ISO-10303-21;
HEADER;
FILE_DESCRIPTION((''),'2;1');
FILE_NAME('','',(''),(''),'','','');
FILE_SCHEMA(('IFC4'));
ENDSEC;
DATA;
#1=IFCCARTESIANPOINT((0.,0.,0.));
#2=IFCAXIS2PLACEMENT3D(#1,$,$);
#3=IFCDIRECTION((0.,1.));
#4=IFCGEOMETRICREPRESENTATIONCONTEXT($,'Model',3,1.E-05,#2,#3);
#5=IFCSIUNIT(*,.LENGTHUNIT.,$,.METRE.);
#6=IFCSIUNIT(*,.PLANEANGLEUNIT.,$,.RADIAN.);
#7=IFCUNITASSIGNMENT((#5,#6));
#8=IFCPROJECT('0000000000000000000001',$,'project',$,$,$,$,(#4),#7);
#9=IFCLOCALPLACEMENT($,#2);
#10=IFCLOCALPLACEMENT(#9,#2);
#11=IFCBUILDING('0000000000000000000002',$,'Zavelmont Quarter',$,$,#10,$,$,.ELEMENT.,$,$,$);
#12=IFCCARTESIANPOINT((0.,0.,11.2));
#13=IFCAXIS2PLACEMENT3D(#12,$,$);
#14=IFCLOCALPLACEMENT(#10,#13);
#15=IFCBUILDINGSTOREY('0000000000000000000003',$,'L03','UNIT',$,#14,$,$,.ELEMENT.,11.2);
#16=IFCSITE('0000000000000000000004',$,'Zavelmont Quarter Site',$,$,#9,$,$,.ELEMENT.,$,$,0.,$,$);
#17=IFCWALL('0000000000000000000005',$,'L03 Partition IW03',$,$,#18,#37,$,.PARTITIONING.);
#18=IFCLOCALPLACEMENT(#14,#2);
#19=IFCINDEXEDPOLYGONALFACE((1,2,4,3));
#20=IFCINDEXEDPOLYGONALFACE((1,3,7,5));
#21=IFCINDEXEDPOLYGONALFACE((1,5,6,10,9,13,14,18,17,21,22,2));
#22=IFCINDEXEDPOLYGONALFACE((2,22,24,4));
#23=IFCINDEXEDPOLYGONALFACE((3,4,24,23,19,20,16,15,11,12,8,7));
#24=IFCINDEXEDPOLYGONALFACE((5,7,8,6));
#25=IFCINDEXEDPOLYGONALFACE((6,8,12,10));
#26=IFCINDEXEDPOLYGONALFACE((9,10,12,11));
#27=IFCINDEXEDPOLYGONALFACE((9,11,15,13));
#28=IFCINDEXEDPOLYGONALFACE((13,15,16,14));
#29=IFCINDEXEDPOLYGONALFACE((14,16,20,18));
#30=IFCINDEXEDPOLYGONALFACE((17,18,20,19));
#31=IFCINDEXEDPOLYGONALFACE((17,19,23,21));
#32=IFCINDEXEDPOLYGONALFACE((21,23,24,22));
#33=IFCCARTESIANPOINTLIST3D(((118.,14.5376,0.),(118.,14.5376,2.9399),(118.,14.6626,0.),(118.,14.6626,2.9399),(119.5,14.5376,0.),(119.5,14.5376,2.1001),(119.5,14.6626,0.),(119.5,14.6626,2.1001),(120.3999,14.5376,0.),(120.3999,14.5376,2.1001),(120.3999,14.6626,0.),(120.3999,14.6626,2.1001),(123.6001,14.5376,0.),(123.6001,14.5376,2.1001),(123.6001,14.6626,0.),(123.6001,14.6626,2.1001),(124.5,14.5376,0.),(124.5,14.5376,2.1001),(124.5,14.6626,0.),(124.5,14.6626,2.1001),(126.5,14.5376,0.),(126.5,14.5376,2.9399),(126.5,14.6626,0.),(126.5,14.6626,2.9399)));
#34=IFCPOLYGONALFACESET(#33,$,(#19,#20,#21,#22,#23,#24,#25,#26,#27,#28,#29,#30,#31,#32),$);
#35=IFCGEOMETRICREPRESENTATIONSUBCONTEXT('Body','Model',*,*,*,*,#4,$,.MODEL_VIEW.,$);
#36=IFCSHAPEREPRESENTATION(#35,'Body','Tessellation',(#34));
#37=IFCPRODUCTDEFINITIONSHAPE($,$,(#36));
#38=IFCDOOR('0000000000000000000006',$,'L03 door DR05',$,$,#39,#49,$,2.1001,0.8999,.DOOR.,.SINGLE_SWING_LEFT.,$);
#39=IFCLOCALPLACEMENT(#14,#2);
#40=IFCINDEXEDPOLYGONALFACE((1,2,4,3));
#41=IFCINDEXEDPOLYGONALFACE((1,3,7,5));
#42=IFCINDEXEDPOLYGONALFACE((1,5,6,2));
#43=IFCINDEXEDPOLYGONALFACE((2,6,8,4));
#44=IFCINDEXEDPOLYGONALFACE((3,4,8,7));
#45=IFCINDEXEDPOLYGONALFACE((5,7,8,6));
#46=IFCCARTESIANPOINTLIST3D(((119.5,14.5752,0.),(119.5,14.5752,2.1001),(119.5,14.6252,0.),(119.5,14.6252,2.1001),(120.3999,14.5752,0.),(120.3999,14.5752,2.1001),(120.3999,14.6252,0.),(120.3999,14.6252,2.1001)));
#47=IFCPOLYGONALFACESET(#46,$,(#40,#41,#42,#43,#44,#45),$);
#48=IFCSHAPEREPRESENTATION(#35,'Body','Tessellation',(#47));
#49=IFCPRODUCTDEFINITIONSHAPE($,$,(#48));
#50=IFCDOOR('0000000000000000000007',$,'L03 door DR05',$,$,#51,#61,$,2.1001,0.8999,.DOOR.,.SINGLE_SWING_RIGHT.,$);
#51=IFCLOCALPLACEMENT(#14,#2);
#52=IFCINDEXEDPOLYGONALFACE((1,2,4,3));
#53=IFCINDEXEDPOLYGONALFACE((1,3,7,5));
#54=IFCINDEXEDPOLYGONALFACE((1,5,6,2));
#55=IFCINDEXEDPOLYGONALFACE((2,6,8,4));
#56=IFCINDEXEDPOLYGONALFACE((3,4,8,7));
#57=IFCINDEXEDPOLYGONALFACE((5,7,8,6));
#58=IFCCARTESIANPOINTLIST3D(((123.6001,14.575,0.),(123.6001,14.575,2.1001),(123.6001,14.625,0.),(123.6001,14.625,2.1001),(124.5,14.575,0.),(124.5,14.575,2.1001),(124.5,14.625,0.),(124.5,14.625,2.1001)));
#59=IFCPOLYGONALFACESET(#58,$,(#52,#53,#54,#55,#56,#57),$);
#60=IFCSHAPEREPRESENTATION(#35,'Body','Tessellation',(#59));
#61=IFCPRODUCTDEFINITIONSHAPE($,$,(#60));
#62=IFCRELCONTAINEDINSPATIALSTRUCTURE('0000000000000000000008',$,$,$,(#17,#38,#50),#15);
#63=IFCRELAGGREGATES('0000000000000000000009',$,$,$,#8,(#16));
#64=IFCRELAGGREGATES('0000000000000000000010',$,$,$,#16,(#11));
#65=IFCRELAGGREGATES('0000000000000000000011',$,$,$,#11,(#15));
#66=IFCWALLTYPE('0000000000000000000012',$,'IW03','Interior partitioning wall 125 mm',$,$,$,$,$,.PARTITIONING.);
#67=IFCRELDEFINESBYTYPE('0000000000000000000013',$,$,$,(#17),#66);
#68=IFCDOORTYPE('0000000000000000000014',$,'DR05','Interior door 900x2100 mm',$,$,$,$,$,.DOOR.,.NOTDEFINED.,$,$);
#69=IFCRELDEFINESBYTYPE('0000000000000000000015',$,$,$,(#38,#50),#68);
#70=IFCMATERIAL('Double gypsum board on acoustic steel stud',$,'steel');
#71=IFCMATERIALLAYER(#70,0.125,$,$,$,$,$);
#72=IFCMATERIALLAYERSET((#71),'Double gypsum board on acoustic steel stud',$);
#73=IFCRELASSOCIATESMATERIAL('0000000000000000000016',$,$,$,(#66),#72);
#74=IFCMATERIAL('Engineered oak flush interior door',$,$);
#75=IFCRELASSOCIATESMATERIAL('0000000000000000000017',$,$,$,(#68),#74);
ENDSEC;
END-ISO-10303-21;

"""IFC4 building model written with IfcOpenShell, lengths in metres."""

from ifc_helpers import new_model, si_unit, direction, frame, frame_2d, origin, origin_with_axes, place, context, subcontext, project, spatial, rectangle, extrude, material, layer, layer_set, type_object, element, fill, save


model = new_model("IFC4")

# Units and contexts
model_context = context("Model", 3, precision=1e-05, world=origin(), true_north=direction((0.0, 1.0)))
body_context = subcontext(model_context, "Body", "Model", "MODEL_VIEW")
ifc_project = project(units=[si_unit("LENGTHUNIT", "METRE"), si_unit("PLANEANGLEUNIT", "RADIAN")], contexts=[model_context])

# Site, building, storey
site_placement = place(None, origin())
site = spatial("IfcSite", under=ifc_project, at=site_placement, Name="Zavelmont Quarter Site", CompositionType="ELEMENT", RefElevation=0.0)
building_placement = place(site_placement, origin())
building = spatial("IfcBuilding", under=site, at=building_placement, Name="Zavelmont Quarter", CompositionType="ELEMENT")
storey_placement = place(building_placement, frame((0.0, 0.0, 11.2)))
storey = spatial("IfcBuildingStorey", under=building, at=storey_placement, Name="L03", Description="UNIT", CompositionType="ELEMENT", Elevation=11.2)

# Shared definitions
ifc_material_1 = material(Name="Double gypsum board on acoustic steel stud", Category="steel")
ifc_layer_1 = layer(ifc_material_1, 0.125)
ifc_layer_set_1 = layer_set([ifc_layer_1], Name="Double gypsum board on acoustic steel stud")
wall_type_1 = type_object("IfcWallType", Name="IW03", Description="Interior partitioning wall 125 mm", PredefinedType="PARTITIONING", material=ifc_layer_set_1)

# Wall, openings, doors
wall_1_placement = place(storey_placement, frame((118.0, 14.6001, 0.0), z_axis=(0.0, 0.0, 1.0), x_axis=(1.0, 0.0, 0.0)))
wall_1 = element("IfcWall", 1, at=wall_1_placement, inside=storey, type_object=wall_type_1, Name="L03 Partition IW03", PredefinedType="PARTITIONING", context=body_context, shape_type="SweptSolid", body=[
    extrude(rectangle(XDim=8.5, YDim=0.125, at=frame_2d((4.25, 0.0))), origin(), (0.0, 0.0, 1.0), 2.9399),
])
opening_1_placement = place(wall_1_placement, frame((1.5, 0.0, 0.0)))
opening_1 = element("IfcOpeningElement", 2, at=opening_1_placement, cuts=wall_1, PredefinedType="OPENING", context=body_context, shape_type="SweptSolid", body=[
    extrude(rectangle(XDim=0.8999, YDim=2.1001, at=frame_2d((0.45, 1.05))), frame((0.0, 0.0745, 0.0), z_axis=(0.0, -1.0, 0.0), x_axis=(1.0, 0.0, 0.0)), (0.0, 0.0, 1.0), 0.1489),
])
opening_2_placement = place(wall_1_placement, frame((5.6001, 0.0, 0.0)))
opening_2 = element("IfcOpeningElement", 3, at=opening_2_placement, cuts=wall_1, PredefinedType="OPENING", context=body_context, shape_type="SweptSolid", body=[
    extrude(rectangle(XDim=0.8999, YDim=2.1001, at=frame_2d((0.45, 1.05))), frame((0.0, 0.0745, 0.0), z_axis=(0.0, -1.0, 0.0), x_axis=(1.0, 0.0, 0.0)), (0.0, 0.0, 1.0), 0.1489),
])
ifc_material_2 = material(Name="Engineered oak flush interior door")
door_type_1 = type_object("IfcDoorType", Name="DR05", Description="Interior door 900x2100 mm", OperationType="NOTDEFINED", PredefinedType="DOOR", material=ifc_material_2)
door_1_placement = place(opening_1_placement, frame((0.8999, 0.0, 0.0), z_axis=(0.0, 0.0, 1.0), x_axis=(-1.0, 0.0, 0.0)))
door_1 = element("IfcDoor", 4, at=door_1_placement, inside=storey, type_object=door_type_1, Name="L03 door DR05", OperationType="SINGLE_SWING_LEFT", OverallHeight=2.1001, OverallWidth=0.8999, PredefinedType="DOOR", context=body_context, shape_type="SweptSolid", body=[
    extrude(rectangle(XDim=0.8999, YDim=2.1001, at=frame_2d((0.45, 1.05))), frame((0.0, 0.0249, 0.0), z_axis=(0.0, -1.0, 0.0), x_axis=(1.0, 0.0, 0.0)), (0.0, 0.0, 1.0), 0.05),
])
fill(opening_1, door_1)
door_2_placement = place(opening_2_placement, origin_with_axes())
door_2 = element("IfcDoor", 5, at=door_2_placement, inside=storey, type_object=door_type_1, Name="L03 door DR05", OperationType="SINGLE_SWING_RIGHT", OverallHeight=2.1001, OverallWidth=0.8999, PredefinedType="DOOR", context=body_context, shape_type="SweptSolid", body=[
    extrude(rectangle(XDim=0.8999, YDim=2.1001, at=frame_2d((0.45, 1.05))), frame((0.0, 0.0249, 0.0), z_axis=(0.0, -1.0, 0.0), x_axis=(1.0, 0.0, 0.0)), (0.0, 0.0, 1.0), 0.05),
])
fill(opening_2, door_2)

save(model, "model.ifc")
